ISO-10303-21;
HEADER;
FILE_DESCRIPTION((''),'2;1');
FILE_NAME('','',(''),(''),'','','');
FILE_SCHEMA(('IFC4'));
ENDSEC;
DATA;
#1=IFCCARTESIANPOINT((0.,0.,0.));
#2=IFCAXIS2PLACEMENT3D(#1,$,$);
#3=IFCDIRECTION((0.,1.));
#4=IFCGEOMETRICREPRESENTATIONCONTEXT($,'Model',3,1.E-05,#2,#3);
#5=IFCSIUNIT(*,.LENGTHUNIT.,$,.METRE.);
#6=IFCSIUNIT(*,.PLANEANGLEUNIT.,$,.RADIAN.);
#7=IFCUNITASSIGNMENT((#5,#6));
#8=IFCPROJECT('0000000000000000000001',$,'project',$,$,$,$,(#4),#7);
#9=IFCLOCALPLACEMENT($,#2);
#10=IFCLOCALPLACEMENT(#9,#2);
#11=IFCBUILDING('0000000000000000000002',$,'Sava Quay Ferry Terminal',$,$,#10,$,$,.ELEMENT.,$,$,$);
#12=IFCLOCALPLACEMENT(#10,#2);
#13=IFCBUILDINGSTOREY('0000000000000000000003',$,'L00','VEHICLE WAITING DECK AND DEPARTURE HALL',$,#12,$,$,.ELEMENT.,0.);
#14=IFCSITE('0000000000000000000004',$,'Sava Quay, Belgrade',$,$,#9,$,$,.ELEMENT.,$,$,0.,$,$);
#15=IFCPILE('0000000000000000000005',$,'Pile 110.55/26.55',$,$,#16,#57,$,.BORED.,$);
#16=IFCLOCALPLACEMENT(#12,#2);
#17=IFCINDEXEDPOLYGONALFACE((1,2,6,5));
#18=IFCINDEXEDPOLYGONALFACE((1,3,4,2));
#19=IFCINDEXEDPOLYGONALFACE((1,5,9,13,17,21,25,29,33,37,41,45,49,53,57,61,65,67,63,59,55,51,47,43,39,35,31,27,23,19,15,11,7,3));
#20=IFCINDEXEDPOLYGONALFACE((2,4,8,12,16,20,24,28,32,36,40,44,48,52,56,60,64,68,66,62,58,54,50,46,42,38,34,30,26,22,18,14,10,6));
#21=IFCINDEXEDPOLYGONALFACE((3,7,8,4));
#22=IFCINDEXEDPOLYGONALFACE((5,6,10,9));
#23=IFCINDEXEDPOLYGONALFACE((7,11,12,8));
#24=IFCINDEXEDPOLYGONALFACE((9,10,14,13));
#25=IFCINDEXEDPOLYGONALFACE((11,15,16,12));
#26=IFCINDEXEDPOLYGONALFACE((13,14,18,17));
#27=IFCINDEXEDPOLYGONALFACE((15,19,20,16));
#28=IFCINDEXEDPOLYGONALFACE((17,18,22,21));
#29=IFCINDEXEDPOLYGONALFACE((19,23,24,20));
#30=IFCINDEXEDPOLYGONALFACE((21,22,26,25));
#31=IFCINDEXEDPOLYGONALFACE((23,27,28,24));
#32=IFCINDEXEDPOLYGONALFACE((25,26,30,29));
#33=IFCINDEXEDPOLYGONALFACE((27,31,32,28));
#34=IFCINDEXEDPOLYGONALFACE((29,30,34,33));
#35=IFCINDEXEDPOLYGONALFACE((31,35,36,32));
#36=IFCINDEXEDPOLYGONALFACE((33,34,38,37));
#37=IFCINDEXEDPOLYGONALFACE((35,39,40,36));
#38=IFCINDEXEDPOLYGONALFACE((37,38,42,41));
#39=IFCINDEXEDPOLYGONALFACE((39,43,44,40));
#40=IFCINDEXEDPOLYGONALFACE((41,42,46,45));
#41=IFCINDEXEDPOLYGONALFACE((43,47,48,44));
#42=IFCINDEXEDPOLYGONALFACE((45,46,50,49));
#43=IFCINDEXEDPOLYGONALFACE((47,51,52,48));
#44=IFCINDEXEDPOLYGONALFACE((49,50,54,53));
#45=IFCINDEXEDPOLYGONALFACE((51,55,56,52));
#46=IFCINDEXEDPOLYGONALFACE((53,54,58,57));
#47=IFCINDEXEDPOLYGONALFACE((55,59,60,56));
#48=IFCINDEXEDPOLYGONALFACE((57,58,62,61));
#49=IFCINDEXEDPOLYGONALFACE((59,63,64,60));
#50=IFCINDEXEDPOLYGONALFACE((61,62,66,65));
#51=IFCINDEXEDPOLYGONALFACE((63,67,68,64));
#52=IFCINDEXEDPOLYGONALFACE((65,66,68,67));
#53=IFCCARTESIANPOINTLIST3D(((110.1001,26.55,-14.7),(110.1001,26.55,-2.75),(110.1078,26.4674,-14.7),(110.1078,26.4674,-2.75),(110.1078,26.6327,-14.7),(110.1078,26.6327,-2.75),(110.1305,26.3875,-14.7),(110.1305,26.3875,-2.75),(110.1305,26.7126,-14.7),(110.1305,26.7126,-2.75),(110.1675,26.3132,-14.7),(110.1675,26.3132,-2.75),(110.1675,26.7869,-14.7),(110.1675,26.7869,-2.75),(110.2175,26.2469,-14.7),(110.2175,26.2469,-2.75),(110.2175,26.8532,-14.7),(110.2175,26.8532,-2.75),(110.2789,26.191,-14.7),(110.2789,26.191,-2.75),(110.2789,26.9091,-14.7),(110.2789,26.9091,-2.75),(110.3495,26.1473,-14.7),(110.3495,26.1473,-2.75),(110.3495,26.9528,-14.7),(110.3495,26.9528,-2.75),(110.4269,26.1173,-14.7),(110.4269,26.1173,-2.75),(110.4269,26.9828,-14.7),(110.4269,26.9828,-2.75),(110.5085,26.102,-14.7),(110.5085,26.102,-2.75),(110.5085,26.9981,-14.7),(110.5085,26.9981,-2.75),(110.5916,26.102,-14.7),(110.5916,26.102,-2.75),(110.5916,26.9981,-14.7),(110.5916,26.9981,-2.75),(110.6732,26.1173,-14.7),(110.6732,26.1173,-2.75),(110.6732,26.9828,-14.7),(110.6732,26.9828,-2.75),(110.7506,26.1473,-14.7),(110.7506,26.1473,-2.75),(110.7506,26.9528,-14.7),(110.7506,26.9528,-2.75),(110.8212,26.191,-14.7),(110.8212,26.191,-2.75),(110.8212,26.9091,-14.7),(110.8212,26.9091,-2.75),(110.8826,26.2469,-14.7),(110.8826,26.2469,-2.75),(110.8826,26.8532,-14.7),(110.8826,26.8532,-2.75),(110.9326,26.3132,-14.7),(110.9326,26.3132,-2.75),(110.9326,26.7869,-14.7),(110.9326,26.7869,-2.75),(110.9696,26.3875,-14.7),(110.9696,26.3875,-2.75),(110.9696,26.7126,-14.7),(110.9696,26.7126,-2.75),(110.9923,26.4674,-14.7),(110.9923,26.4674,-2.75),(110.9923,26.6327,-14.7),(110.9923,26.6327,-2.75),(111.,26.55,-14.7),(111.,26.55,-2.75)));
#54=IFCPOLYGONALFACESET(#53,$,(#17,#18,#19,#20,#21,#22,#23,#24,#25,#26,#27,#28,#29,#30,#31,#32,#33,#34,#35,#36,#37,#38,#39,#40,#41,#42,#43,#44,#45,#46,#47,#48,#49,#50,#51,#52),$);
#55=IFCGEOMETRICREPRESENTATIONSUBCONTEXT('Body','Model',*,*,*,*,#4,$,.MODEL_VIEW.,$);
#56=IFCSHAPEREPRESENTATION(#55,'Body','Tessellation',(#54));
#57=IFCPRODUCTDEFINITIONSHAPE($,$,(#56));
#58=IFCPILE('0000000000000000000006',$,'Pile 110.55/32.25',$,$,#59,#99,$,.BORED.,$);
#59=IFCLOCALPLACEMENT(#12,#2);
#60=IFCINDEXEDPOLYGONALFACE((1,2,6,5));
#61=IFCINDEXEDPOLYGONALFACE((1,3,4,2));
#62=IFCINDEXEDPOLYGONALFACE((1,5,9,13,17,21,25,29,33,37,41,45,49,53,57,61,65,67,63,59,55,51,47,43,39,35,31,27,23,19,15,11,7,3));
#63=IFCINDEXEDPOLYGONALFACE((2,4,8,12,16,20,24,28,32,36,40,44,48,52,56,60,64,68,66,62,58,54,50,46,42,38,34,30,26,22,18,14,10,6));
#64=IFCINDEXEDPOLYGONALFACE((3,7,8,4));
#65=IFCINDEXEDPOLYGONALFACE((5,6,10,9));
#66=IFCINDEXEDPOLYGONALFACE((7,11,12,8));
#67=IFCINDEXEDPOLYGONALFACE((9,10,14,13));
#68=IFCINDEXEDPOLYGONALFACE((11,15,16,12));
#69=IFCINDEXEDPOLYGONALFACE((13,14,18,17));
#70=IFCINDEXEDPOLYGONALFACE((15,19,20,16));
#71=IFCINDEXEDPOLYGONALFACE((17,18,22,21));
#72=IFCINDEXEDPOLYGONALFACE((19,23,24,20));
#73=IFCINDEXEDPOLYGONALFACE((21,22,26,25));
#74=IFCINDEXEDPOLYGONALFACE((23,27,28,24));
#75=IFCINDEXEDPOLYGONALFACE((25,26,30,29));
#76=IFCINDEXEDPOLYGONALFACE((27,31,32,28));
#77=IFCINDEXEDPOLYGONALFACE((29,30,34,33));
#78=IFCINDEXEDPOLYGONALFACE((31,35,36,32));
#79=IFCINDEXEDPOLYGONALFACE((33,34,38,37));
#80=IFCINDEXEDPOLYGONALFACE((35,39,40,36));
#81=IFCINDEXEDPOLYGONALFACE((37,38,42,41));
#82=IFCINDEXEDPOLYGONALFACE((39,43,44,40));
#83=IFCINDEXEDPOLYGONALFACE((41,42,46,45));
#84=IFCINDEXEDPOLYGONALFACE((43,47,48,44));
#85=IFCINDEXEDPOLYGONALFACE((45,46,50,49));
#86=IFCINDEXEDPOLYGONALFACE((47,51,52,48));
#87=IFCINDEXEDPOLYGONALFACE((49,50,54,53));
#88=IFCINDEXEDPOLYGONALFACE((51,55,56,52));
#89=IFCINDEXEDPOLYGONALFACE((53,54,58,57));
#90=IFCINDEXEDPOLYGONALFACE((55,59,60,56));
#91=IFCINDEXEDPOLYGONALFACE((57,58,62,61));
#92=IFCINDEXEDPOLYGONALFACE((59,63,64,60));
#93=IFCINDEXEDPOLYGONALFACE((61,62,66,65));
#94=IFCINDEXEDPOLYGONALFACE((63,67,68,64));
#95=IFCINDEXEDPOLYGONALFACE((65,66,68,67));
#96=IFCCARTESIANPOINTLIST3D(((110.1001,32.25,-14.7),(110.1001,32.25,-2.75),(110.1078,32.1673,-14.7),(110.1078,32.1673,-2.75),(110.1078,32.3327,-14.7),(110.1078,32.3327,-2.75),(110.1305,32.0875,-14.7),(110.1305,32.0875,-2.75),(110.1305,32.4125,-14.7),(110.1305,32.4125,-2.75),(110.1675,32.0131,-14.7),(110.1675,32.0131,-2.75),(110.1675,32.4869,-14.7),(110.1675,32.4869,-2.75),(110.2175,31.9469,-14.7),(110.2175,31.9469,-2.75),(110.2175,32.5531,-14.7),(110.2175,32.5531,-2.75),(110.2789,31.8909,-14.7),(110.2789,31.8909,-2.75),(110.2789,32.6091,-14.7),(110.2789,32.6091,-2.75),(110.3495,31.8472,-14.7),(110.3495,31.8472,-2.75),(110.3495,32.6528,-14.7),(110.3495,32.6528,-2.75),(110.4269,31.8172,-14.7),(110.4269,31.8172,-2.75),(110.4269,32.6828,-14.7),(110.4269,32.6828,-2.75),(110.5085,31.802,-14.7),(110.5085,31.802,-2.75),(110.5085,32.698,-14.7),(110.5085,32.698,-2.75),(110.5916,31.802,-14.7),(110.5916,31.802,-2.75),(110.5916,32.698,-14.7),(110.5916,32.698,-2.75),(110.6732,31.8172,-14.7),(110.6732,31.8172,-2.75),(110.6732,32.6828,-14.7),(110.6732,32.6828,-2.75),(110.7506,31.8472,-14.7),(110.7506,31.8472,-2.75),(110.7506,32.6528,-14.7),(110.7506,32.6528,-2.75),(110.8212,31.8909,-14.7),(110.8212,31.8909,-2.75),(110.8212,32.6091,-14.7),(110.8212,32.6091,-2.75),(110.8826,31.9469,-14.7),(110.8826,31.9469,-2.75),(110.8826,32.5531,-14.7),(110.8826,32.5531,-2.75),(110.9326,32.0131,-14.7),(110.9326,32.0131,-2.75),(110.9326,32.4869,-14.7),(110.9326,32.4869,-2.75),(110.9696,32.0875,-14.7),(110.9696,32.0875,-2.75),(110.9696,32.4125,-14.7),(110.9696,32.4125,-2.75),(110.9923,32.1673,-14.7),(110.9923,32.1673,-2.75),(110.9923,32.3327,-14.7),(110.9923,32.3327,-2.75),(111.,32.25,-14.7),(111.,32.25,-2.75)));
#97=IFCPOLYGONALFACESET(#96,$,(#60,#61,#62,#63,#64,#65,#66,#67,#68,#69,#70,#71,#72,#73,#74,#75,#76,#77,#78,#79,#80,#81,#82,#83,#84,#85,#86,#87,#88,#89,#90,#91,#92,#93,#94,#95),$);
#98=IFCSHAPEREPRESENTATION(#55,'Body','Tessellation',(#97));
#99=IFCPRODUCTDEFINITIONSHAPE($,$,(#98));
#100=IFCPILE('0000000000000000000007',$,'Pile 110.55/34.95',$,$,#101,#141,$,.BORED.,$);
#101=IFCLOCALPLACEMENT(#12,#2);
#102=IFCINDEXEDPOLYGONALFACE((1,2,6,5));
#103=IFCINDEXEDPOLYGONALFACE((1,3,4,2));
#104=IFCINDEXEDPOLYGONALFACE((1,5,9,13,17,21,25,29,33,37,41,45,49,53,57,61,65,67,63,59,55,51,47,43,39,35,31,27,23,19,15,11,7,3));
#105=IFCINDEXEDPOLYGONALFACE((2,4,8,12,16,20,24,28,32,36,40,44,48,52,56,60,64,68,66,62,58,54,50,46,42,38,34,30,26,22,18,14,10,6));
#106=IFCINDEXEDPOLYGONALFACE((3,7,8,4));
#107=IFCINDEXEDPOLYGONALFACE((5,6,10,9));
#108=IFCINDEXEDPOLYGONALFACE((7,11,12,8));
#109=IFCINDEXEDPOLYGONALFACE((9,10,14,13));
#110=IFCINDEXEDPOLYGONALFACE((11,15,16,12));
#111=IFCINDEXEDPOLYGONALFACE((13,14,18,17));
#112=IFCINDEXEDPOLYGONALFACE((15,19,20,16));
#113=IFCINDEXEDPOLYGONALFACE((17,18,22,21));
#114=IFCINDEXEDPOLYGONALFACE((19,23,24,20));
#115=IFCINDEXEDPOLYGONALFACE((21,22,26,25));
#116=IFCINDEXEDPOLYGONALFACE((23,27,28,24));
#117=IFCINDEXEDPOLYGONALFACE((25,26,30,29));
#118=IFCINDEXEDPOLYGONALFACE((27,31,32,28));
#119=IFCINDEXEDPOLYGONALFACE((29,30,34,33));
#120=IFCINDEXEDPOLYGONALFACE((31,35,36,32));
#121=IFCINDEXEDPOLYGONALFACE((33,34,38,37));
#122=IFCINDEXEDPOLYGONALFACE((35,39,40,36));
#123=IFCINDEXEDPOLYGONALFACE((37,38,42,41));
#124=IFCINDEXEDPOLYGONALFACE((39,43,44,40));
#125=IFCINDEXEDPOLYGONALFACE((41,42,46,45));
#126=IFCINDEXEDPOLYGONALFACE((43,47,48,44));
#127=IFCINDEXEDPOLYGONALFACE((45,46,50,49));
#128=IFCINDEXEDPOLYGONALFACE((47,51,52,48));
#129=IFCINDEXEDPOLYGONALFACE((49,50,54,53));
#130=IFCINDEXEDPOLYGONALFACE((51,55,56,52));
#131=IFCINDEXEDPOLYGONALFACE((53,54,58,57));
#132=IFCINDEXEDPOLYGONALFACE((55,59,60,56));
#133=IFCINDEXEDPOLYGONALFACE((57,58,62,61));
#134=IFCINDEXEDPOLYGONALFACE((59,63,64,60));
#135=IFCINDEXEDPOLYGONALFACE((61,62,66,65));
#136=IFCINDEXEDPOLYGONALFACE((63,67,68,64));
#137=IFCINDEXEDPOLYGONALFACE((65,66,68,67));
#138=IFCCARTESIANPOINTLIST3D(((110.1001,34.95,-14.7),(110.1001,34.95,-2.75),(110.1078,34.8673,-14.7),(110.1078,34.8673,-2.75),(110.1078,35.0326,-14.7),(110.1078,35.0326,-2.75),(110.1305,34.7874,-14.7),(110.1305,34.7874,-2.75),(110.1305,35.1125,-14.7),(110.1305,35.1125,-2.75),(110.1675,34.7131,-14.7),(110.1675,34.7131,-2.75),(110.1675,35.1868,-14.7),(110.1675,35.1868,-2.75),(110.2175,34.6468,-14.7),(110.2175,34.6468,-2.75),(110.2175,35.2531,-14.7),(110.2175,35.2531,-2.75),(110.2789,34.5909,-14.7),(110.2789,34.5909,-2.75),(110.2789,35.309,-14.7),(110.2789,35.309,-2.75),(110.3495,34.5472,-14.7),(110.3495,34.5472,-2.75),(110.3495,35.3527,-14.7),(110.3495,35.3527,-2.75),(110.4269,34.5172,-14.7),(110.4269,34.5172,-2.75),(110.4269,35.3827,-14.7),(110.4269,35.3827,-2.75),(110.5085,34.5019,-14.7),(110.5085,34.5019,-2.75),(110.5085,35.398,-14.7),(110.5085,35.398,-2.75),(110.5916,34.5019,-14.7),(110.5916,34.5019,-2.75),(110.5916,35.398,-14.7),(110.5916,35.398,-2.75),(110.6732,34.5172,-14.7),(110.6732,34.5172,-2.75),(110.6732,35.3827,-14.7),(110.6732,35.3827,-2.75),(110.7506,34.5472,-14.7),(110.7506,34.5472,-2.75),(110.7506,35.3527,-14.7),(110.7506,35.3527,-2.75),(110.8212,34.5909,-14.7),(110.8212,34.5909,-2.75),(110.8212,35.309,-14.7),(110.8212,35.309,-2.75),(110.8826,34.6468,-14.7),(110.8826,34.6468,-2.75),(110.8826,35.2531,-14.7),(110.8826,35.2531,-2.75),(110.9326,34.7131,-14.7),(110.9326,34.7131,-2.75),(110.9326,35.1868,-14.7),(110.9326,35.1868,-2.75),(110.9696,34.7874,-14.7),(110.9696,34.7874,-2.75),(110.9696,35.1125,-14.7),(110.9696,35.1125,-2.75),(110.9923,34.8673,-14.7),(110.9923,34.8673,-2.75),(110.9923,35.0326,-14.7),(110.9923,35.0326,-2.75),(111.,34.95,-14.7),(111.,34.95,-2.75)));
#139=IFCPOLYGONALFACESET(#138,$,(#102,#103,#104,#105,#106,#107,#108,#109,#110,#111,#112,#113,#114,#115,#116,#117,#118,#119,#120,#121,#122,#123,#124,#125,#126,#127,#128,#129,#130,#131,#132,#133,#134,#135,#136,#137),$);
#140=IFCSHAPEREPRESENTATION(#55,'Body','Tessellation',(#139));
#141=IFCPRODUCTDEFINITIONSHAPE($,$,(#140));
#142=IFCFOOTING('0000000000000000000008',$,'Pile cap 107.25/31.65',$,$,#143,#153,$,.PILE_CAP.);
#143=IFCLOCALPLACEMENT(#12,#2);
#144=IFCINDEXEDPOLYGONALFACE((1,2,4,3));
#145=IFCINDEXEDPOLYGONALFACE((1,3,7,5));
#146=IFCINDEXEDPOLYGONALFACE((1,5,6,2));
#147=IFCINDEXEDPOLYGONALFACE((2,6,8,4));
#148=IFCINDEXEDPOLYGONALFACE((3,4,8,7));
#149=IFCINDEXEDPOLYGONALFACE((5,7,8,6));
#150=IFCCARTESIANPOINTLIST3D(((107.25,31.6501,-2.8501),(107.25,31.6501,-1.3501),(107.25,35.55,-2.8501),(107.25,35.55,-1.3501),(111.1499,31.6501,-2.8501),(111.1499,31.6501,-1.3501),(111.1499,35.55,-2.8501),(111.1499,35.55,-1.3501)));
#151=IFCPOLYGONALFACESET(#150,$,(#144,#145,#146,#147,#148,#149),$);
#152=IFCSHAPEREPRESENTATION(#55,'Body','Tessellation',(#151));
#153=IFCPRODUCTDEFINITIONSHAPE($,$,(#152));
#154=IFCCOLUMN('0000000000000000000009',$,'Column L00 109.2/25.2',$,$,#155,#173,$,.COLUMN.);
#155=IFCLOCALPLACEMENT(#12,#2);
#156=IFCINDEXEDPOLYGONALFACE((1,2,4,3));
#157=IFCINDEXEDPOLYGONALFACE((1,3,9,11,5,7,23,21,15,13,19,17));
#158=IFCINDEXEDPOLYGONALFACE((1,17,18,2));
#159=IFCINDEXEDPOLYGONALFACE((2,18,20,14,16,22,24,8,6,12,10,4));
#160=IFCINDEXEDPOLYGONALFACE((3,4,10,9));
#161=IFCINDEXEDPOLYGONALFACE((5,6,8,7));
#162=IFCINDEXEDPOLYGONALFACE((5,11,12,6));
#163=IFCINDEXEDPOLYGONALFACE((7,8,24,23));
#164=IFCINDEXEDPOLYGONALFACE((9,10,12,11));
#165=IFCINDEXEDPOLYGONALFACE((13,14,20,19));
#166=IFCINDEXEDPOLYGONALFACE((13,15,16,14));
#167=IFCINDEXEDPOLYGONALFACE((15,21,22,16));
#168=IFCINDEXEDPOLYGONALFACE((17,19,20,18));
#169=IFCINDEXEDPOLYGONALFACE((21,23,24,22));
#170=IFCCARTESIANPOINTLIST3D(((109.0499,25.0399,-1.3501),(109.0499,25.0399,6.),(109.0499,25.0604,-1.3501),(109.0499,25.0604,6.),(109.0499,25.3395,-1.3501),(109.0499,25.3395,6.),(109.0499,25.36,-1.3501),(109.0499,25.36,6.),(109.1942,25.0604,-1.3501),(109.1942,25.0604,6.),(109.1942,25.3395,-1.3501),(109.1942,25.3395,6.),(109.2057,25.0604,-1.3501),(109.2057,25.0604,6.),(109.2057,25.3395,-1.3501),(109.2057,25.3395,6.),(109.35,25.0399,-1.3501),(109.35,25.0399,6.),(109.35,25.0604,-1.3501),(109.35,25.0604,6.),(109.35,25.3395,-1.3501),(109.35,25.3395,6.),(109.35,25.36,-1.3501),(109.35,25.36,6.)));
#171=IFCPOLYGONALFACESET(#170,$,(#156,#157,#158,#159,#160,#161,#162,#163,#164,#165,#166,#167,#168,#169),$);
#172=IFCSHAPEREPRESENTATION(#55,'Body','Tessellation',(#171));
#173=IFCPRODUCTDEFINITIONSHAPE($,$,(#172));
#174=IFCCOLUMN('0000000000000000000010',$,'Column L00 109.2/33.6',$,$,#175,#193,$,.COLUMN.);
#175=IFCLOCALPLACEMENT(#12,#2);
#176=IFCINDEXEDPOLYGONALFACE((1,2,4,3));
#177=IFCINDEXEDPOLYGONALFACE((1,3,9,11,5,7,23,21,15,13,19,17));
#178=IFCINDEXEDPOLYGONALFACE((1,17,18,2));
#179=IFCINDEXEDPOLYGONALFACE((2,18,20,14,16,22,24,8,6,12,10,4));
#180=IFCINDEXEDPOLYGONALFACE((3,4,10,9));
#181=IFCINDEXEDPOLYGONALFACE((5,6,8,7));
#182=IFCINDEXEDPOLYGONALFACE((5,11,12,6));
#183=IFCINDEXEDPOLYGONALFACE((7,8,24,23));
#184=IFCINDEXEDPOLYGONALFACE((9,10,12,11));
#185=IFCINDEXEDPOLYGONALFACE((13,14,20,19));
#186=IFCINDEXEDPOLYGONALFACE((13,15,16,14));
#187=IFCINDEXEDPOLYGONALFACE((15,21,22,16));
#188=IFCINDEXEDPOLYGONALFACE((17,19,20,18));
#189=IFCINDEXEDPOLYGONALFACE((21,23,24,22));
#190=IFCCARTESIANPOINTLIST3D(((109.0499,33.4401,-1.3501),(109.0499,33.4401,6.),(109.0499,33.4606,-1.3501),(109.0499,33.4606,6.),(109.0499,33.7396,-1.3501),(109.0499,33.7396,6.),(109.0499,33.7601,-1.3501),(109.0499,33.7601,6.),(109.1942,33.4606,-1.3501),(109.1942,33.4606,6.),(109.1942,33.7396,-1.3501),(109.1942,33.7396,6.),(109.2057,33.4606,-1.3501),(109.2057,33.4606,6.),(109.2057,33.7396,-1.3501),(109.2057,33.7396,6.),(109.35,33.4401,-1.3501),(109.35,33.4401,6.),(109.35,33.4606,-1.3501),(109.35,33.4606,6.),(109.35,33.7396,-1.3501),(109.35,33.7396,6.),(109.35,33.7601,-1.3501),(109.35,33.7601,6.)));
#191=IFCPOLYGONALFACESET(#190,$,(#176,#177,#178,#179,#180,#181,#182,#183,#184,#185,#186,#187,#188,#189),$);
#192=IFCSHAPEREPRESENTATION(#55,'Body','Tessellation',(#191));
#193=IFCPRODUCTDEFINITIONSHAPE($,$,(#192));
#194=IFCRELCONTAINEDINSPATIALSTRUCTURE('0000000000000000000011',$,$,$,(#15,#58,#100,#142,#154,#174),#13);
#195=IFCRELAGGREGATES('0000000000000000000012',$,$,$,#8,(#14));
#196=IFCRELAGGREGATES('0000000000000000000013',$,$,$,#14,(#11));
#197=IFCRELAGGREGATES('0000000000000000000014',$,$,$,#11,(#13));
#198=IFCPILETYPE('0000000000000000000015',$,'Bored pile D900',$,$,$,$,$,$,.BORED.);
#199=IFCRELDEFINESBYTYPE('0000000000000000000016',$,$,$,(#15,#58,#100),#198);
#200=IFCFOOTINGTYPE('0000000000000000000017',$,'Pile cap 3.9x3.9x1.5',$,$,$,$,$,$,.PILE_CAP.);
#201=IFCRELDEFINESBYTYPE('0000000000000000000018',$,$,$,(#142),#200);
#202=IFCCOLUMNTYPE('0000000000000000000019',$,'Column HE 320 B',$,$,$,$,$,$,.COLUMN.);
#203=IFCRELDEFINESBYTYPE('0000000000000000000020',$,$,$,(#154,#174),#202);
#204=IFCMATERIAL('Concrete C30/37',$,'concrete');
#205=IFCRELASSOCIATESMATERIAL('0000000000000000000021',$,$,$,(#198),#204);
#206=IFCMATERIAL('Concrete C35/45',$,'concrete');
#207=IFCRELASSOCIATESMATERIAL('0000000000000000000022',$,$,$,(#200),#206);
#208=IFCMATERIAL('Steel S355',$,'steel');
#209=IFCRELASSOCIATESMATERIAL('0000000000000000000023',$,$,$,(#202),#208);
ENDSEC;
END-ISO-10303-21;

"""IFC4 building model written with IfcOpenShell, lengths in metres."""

from ifc_helpers import new_model, si_unit, direction, frame, origin, origin_2d, place, context, subcontext, project, spatial, rectangle, circle, i_section, extrude, material, material_profile, profile_set, type_object, element, save


model = new_model("IFC4")

# Units and contexts
model_context = context("Model", 3, precision=1e-05, world=origin(), true_north=direction((0.0, 1.0)))
body_context = subcontext(model_context, "Body", "Model", "MODEL_VIEW")
ifc_project = project(units=[si_unit("LENGTHUNIT", "METRE"), si_unit("PLANEANGLEUNIT", "RADIAN")], contexts=[model_context])

# Site, building, storey
site_placement = place(None, origin())
site = spatial("IfcSite", under=ifc_project, at=site_placement, Name="Sava Quay, Belgrade", CompositionType="ELEMENT", RefElevation=0.0)
building_placement = place(site_placement, origin())
building = spatial("IfcBuilding", under=site, at=building_placement, Name="Sava Quay Ferry Terminal", CompositionType="ELEMENT")
storey_placement = place(building_placement, origin())
storey = spatial("IfcBuildingStorey", under=building, at=storey_placement, Name="L00", Description="VEHICLE WAITING DECK AND DEPARTURE HALL", CompositionType="ELEMENT", Elevation=0.0)

# Piles
ifc_material_1 = material(Name="Concrete C30/37", Category="concrete")
ifc_material_profile_1 = material_profile(ifc_material_1, circle(Radius=0.45, at=origin_2d()), Name="Bored pile D900")
ifc_profile_set_1 = profile_set([ifc_material_profile_1], Name="Concrete C30/37")
pile_type = type_object("IfcPileType", Name="Bored pile D900", PredefinedType="BORED", material=ifc_profile_set_1)
for number, where, z_axis, x_axis, name in (
    (1, (110.55, 26.55, -2.75), (0.0, 0.0, -1.0), (1.0, 0.0, 0.0), "Pile 110.55/26.55"),
    (2, (110.55, 32.25, -2.75), (0.0, 0.0, -1.0), (1.0, 0.0, 0.0), "Pile 110.55/32.25"),
    (3, (110.55, 34.95, -2.75), (0.0, 0.0, -1.0), (1.0, 0.0, 0.0), "Pile 110.55/34.95"),
):
    element("IfcPile", number, at=place(storey_placement, frame(where, z_axis=z_axis, x_axis=x_axis)), inside=storey, type_object=pile_type, Name=name, PredefinedType="BORED", context=body_context, shape_type="SweptSolid", body=[
        extrude(circle(Radius=0.45, at=origin_2d()), origin(), (0.0, 0.0, 1.0), 11.95),
    ])

# Footing
ifc_material_2 = material(Name="Concrete C35/45", Category="concrete")
footing_type = type_object("IfcFootingType", Name="Pile cap 3.9x3.9x1.5", PredefinedType="PILE_CAP", material=ifc_material_2)
footing_placement = place(storey_placement, frame((109.2, 33.6001, -2.8501), z_axis=(0.0, 0.0, 1.0), x_axis=(1.0, 0.0, 0.0)))
element("IfcFooting", 4, at=footing_placement, inside=storey, type_object=footing_type, Name="Pile cap 107.25/31.65", PredefinedType="PILE_CAP", context=body_context, shape_type="SweptSolid", body=[
    extrude(rectangle(XDim=3.8999, YDim=3.8999, at=origin_2d()), origin(), (0.0, 0.0, 1.0), 1.5),
])

# Columns
ifc_material_3 = material(Name="Steel S355", Category="steel")
ifc_material_profile_2 = material_profile(ifc_material_3, i_section(OverallWidth=0.3, OverallDepth=0.3201, WebThickness=0.0115, FlangeThickness=0.0205, at=origin_2d()), Name="HE 320 B")
ifc_profile_set_2 = profile_set([ifc_material_profile_2], Name="Steel S355")
column_type = type_object("IfcColumnType", Name="Column HE 320 B", PredefinedType="COLUMN", material=ifc_profile_set_2)
for number, where, z_axis, x_axis, name in (
    (5, (109.2, 25.2, -1.3501), (0.0, 0.0, 1.0), (1.0, 0.0, 0.0), "Column L00 109.2/25.2"),
    (6, (109.2, 33.6001, -1.3501), (0.0, 0.0, 1.0), (1.0, 0.0, 0.0), "Column L00 109.2/33.6"),
):
    element("IfcColumn", number, at=place(storey_placement, frame(where, z_axis=z_axis, x_axis=x_axis)), inside=storey, type_object=column_type, Name=name, PredefinedType="COLUMN", context=body_context, shape_type="SweptSolid", body=[
        extrude(i_section(OverallWidth=0.3, OverallDepth=0.3201, WebThickness=0.0115, FlangeThickness=0.0205, at=origin_2d()), origin(), (0.0, 0.0, 1.0), 7.3501),
    ])

save(model, "model.ifc")
